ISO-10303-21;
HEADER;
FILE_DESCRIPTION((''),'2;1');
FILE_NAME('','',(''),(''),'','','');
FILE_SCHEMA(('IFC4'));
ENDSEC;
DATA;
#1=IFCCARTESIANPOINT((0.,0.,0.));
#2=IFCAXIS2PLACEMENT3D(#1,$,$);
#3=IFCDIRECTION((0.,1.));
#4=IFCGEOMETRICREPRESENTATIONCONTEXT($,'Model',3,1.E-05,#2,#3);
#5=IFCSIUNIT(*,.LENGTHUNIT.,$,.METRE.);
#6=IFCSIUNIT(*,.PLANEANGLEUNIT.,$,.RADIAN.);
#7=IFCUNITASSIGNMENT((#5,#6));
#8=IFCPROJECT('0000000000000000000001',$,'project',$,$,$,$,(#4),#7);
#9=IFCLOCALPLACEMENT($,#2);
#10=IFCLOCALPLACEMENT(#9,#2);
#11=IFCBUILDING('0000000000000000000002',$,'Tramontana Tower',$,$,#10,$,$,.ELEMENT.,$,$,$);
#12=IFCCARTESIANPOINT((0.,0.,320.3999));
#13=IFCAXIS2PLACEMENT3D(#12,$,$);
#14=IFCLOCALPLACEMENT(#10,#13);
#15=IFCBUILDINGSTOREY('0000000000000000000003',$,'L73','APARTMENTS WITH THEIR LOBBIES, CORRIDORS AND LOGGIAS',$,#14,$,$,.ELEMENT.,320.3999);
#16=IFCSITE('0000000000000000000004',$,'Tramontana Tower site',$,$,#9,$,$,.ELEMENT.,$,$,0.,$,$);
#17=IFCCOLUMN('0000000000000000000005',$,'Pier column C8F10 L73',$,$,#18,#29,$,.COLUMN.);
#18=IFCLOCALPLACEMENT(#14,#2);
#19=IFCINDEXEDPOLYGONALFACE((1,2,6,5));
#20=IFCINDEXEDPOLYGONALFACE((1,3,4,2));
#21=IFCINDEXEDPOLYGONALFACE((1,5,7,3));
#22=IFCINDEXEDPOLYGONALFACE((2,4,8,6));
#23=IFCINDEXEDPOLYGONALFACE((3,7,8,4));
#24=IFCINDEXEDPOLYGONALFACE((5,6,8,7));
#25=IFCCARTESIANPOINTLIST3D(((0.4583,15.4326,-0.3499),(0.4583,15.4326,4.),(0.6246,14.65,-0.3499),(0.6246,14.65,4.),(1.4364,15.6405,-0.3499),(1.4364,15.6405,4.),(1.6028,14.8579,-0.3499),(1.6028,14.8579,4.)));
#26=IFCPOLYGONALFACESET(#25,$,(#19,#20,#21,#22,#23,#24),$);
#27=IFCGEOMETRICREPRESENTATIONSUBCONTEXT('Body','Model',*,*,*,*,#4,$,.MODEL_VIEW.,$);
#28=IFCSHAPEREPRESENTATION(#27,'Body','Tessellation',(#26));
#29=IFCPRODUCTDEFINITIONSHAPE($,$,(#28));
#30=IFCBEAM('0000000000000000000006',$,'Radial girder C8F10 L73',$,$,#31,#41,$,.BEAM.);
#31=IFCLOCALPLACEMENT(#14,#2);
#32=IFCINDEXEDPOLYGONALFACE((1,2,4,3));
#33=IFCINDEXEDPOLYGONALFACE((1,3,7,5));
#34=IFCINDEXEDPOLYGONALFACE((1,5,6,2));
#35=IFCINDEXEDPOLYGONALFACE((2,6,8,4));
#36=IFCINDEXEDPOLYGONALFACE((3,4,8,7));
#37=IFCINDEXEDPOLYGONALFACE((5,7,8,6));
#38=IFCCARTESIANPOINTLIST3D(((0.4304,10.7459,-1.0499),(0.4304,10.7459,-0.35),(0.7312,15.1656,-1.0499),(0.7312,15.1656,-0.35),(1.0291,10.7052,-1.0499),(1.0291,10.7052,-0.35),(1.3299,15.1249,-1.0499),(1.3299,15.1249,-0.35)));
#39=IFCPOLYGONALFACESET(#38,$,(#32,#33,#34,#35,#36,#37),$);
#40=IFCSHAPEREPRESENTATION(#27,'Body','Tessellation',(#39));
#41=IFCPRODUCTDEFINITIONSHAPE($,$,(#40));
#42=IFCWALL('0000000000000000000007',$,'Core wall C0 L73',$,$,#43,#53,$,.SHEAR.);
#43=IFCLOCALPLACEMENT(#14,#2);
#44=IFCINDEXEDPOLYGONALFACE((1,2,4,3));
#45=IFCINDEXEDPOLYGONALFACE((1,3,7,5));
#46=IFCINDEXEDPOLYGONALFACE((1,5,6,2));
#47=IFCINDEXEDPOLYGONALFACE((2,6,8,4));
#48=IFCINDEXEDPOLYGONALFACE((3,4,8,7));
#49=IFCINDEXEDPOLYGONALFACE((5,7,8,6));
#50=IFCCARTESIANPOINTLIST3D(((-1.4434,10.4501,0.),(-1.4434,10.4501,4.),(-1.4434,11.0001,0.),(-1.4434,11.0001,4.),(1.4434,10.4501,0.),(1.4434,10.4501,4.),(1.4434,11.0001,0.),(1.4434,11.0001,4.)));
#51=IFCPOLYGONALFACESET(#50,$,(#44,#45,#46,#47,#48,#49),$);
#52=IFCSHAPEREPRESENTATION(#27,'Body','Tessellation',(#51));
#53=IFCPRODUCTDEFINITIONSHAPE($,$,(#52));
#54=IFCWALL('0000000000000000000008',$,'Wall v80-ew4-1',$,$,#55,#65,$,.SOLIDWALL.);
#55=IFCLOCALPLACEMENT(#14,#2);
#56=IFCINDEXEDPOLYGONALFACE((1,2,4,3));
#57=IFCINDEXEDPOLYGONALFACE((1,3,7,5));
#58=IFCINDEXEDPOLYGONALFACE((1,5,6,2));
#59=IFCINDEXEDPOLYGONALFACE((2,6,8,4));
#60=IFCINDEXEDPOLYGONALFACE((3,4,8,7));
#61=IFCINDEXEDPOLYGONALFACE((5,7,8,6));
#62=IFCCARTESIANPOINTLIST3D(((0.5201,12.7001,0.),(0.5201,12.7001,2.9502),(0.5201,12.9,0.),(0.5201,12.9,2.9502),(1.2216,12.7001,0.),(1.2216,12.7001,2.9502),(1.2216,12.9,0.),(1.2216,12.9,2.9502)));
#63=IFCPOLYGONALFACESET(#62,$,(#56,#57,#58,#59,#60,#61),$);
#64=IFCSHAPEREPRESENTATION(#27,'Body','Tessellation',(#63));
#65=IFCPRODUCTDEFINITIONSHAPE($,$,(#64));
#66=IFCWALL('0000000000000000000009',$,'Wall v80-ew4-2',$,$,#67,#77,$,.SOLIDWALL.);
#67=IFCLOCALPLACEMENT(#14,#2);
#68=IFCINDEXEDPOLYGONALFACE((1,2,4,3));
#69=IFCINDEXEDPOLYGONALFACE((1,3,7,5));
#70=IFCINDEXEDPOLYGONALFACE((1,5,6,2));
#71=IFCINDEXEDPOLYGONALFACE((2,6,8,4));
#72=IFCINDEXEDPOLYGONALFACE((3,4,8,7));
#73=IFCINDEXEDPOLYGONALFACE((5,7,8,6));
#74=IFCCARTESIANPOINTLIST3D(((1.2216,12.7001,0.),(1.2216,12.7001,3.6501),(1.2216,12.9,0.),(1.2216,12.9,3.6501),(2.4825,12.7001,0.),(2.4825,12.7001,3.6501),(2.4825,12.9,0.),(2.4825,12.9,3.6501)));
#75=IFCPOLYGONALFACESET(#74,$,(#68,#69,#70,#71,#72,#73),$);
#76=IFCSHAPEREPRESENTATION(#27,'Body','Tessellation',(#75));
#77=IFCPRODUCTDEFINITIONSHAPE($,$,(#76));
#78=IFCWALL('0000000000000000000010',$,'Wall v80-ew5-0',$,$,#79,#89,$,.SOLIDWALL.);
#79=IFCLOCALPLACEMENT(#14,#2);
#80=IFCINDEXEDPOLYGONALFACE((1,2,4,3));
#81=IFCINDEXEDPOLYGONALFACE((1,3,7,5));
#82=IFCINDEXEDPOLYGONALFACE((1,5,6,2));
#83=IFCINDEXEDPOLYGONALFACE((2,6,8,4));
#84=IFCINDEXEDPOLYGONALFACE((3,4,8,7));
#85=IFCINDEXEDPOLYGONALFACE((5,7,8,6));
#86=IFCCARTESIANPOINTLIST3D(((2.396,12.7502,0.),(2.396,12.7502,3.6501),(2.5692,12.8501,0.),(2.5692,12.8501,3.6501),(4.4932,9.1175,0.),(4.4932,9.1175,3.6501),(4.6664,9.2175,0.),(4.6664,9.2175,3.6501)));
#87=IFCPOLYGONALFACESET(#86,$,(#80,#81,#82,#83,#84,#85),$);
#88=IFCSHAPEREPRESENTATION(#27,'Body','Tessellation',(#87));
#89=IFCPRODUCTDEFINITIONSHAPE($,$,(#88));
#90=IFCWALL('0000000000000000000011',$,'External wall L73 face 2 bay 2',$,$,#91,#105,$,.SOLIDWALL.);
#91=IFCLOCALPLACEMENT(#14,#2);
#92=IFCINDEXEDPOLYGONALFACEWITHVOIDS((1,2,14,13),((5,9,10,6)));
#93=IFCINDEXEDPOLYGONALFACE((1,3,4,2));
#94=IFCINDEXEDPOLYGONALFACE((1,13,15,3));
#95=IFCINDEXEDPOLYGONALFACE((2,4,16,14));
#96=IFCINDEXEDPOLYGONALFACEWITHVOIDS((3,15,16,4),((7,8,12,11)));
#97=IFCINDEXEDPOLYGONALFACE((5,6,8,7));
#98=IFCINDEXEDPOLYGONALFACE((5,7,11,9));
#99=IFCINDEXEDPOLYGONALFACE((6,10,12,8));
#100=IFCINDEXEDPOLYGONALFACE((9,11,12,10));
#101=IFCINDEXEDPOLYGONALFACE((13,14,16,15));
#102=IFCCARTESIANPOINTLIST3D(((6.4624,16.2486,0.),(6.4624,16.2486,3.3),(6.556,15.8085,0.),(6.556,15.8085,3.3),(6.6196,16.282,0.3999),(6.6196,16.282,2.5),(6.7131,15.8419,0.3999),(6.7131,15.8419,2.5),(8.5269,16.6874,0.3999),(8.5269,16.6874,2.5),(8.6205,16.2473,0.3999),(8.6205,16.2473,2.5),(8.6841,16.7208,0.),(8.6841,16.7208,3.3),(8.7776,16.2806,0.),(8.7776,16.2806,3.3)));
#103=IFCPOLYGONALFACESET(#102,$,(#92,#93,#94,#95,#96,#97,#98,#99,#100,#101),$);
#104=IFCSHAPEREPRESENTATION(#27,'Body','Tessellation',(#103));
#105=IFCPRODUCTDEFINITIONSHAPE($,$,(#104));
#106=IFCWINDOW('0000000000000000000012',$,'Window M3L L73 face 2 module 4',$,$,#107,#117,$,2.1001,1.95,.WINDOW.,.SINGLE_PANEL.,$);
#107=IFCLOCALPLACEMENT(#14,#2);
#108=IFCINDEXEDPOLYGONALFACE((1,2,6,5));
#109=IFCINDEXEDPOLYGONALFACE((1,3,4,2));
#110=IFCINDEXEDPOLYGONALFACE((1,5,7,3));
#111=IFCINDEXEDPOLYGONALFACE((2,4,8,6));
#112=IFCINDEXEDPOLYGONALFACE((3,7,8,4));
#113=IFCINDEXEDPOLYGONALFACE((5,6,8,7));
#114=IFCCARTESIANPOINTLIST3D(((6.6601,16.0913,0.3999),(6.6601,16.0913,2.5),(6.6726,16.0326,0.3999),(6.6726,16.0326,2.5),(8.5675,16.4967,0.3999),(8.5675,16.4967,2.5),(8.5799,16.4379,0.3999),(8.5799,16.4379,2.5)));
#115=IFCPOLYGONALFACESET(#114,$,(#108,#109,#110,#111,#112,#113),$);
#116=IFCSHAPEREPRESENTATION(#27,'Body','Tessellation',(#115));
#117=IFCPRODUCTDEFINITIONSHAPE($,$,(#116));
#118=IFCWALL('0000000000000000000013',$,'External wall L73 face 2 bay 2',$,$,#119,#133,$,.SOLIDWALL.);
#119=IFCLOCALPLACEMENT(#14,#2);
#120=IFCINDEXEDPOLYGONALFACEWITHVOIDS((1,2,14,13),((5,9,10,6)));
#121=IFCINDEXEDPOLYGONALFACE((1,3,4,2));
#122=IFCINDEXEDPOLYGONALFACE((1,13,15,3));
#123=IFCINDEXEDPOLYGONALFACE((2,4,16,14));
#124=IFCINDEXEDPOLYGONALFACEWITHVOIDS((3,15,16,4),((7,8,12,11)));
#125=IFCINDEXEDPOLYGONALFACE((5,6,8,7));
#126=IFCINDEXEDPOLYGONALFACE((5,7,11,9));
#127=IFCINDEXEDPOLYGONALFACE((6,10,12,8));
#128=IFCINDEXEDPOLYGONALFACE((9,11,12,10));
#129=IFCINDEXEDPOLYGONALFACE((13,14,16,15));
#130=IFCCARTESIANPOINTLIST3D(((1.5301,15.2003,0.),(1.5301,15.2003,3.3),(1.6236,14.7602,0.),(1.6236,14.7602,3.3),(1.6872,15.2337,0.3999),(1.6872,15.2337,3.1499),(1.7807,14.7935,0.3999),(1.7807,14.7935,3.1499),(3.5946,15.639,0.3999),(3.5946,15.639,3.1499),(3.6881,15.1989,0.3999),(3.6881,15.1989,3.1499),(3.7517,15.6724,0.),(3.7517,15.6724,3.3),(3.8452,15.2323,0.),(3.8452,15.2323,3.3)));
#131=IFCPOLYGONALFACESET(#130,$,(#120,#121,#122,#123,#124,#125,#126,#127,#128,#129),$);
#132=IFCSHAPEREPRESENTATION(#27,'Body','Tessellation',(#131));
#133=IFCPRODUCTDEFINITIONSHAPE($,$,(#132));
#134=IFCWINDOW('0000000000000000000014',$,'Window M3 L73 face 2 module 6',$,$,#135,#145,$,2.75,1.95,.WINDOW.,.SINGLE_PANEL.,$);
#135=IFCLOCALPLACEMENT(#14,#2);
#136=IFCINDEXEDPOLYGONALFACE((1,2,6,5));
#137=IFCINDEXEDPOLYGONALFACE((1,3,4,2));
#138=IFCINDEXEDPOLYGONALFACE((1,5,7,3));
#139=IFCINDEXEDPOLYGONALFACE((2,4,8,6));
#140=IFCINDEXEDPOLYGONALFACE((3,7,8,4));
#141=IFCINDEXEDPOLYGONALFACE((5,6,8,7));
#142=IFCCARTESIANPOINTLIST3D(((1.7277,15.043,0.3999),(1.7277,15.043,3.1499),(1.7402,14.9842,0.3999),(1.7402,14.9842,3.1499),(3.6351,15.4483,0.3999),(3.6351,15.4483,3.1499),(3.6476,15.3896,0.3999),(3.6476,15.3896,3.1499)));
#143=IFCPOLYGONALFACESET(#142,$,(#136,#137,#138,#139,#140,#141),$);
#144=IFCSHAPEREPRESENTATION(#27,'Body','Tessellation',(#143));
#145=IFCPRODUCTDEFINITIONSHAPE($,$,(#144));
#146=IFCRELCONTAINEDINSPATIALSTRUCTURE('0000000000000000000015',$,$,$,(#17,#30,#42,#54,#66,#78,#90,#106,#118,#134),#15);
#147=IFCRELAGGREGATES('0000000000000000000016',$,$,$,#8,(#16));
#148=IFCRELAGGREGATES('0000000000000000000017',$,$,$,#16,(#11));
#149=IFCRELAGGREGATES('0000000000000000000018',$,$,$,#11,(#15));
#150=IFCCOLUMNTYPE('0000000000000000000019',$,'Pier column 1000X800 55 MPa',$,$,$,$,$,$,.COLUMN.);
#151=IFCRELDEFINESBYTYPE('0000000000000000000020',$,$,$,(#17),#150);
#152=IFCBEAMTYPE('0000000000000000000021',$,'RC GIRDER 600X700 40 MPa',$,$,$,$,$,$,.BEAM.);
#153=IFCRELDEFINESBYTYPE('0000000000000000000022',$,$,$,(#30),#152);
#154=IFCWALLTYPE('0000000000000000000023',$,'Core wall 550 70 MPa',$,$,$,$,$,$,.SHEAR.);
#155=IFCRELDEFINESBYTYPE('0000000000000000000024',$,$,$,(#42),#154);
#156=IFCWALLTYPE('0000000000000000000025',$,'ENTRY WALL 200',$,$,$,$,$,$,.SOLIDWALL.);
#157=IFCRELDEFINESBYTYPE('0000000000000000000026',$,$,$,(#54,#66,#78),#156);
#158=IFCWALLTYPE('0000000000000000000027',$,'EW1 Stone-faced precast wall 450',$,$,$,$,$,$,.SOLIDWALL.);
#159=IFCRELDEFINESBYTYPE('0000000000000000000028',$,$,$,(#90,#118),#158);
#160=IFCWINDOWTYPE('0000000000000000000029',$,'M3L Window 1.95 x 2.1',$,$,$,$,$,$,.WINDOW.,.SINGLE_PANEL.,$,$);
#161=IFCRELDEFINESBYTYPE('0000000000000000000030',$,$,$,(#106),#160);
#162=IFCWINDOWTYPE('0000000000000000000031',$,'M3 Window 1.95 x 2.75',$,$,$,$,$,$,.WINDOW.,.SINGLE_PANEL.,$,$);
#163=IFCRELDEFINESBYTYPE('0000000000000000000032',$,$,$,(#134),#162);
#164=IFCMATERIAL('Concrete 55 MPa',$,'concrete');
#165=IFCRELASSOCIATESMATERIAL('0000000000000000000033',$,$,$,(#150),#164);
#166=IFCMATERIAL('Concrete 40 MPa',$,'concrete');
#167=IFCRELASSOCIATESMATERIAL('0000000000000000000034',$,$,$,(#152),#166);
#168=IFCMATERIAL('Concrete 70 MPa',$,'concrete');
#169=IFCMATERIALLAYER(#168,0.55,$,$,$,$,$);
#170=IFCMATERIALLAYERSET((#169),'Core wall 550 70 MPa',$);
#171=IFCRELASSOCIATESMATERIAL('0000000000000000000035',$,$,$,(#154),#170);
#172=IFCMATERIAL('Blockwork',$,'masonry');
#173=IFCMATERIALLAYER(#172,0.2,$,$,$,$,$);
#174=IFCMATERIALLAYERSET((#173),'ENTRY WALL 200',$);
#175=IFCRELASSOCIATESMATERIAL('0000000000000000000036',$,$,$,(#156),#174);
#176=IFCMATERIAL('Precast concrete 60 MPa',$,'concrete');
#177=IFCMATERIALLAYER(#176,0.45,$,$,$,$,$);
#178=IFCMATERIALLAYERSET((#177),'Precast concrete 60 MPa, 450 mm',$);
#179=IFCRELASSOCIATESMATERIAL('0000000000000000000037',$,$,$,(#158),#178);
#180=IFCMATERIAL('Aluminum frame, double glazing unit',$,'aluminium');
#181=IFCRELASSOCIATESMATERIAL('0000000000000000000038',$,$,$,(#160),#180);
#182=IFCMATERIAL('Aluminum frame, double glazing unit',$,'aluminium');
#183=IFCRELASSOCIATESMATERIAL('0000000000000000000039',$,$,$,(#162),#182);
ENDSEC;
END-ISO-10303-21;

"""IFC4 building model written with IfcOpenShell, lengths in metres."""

from ifc_helpers import new_model, si_unit, direction, frame, frame_2d, origin, origin_2d, place, context, subcontext, project, spatial, rectangle, extrude, material, layer, layer_set, material_profile, profile_set, type_object, element, fill, save


model = new_model("IFC4")

# Units and contexts
model_context = context("Model", 3, precision=1e-05, world=origin(), true_north=direction((0.0, 1.0)))
body_context = subcontext(model_context, "Body", "Model", "MODEL_VIEW")
ifc_project = project(units=[si_unit("LENGTHUNIT", "METRE"), si_unit("PLANEANGLEUNIT", "RADIAN")], contexts=[model_context])

# Site, building, storey
site_placement = place(None, origin())
site = spatial("IfcSite", under=ifc_project, at=site_placement, Name="Tramontana Tower site", CompositionType="ELEMENT", RefElevation=0.0)
building_placement = place(site_placement, origin())
building = spatial("IfcBuilding", under=site, at=building_placement, Name="Tramontana Tower", CompositionType="ELEMENT")
storey_placement = place(building_placement, frame((0.0, 0.0, 320.3999)))
storey = spatial("IfcBuildingStorey", under=building, at=storey_placement, Name="L73", Description="APARTMENTS WITH THEIR LOBBIES, CORRIDORS AND LOGGIAS", CompositionType="ELEMENT", Elevation=320.3999)

# Column
ifc_material_1 = material(Name="Concrete 55 MPa", Category="concrete")
ifc_material_profile_1 = material_profile(ifc_material_1, rectangle(XDim=1.0, YDim=0.8, at=origin_2d()), Name="Pier column 1000X800 55 MPa")
ifc_profile_set_1 = profile_set([ifc_material_profile_1], Name="Concrete 55 MPa")
column_type = type_object("IfcColumnType", Name="Pier column 1000X800 55 MPa", PredefinedType="COLUMN", material=ifc_profile_set_1)
column_placement = place(storey_placement, frame((1.0305, 15.1453, -0.3499), z_axis=(0.0, 0.0, 1.0), x_axis=(-0.978148, -0.207912, 0.0)))
element("IfcColumn", 1, at=column_placement, inside=storey, type_object=column_type, Name="Pier column C8F10 L73", PredefinedType="COLUMN", context=body_context, shape_type="SweptSolid", body=[
    extrude(rectangle(XDim=1.0, YDim=0.8, at=origin_2d()), origin(), (0.0, 0.0, 1.0), 4.3499),
])

# Beam
ifc_material_2 = material(Name="Concrete 40 MPa", Category="concrete")
ifc_material_profile_2 = material_profile(ifc_material_2, rectangle(XDim=0.6001, YDim=0.7, at=origin_2d()), Name="RC GIRDER 600X700 40 MPa")
ifc_profile_set_2 = profile_set([ifc_material_profile_2], Name="Concrete 40 MPa")
beam_type = type_object("IfcBeamType", Name="RC GIRDER 600X700 40 MPa", PredefinedType="BEAM", material=ifc_profile_set_2)
beam_placement = place(storey_placement, frame((1.0305, 15.1453, -0.7), z_axis=(-0.067898, -0.997692, 0.0), x_axis=(0.997692, -0.067898, 0.0)))
element("IfcBeam", 2, at=beam_placement, inside=storey, type_object=beam_type, Name="Radial girder C8F10 L73", PredefinedType="BEAM", context=body_context, shape_type="SweptSolid", body=[
    extrude(rectangle(XDim=0.6001, YDim=0.7, at=origin_2d()), origin(), (0.0, 0.0, 1.0), 4.4299),
])

# Walls
ifc_material_3 = material(Name="Concrete 70 MPa", Category="concrete")
ifc_layer_1 = layer(ifc_material_3, 0.55)
ifc_layer_set_1 = layer_set([ifc_layer_1], Name="Core wall 550 70 MPa")
wall_type_1 = type_object("IfcWallType", Name="Core wall 550 70 MPa", PredefinedType="SHEAR", material=ifc_layer_set_1)
wall_1_placement = place(storey_placement, frame((1.4434, 10.7251, 0.0), z_axis=(0.0, 0.0, 1.0), x_axis=(-1.0, 0.0, 0.0)))
element("IfcWall", 3, at=wall_1_placement, inside=storey, type_object=wall_type_1, Name="Core wall C0 L73", PredefinedType="SHEAR", context=body_context, shape_type="SweptSolid", body=[
    extrude(rectangle(XDim=2.8867, YDim=0.55, at=frame_2d((1.4434, 0.0))), origin(), (0.0, 0.0, 1.0), 4.0),
])
ifc_material_4 = material(Name="Blockwork", Category="masonry")
ifc_layer_2 = layer(ifc_material_4, 0.2)
ifc_layer_set_2 = layer_set([ifc_layer_2], Name="ENTRY WALL 200")
wall_type_2 = type_object("IfcWallType", Name="ENTRY WALL 200", PredefinedType="SOLIDWALL", material=ifc_layer_set_2)
wall_2_placement = place(storey_placement, frame((0.5203, 12.8, 0.0), z_axis=(0.0, 0.0, 1.0), x_axis=(1.0, 0.0, 0.0)))
element("IfcWall", 4, at=wall_2_placement, inside=storey, type_object=wall_type_2, Name="Wall v80-ew4-1", PredefinedType="SOLIDWALL", context=body_context, shape_type="SweptSolid", body=[
    extrude(rectangle(XDim=0.7014, YDim=0.2, at=frame_2d((0.3506, 0.0))), origin(), (0.0, 0.0, 1.0), 2.9502),
])
wall_3_placement = place(storey_placement, frame((1.2217, 12.8, 0.0), z_axis=(0.0, 0.0, 1.0), x_axis=(1.0, 0.0, 0.0)))
element("IfcWall", 5, at=wall_3_placement, inside=storey, type_object=wall_type_2, Name="Wall v80-ew4-2", PredefinedType="SOLIDWALL", context=body_context, shape_type="SweptSolid", body=[
    extrude(rectangle(XDim=1.261, YDim=0.2, at=frame_2d((0.6304, 0.0))), origin(), (0.0, 0.0, 1.0), 3.6501),
])
wall_4_placement = place(storey_placement, frame((2.4827, 12.8, 0.0), z_axis=(0.0, 0.0, 1.0), x_axis=(0.499983, -0.866035, 0.0)))
element("IfcWall", 6, at=wall_4_placement, inside=storey, type_object=wall_type_2, Name="Wall v80-ew5-0", PredefinedType="SOLIDWALL", context=body_context, shape_type="SweptSolid", body=[
    extrude(rectangle(XDim=4.1946, YDim=0.2, at=frame_2d((2.0972, 0.0))), origin(), (0.0, 0.0, 1.0), 3.6501),
])

# Walls, openings, windows
ifc_material_5 = material(Name="Precast concrete 60 MPa", Category="concrete")
ifc_layer_3 = layer(ifc_material_5, 0.45)
ifc_layer_set_3 = layer_set([ifc_layer_3], Name="Precast concrete 60 MPa, 450 mm")
wall_type_3 = type_object("IfcWallType", Name="EW1 Stone-faced precast wall 450", PredefinedType="SOLIDWALL", material=ifc_layer_set_3)
wall_5_placement = place(storey_placement, frame((8.731, 16.5007, 0.0), z_axis=(0.0, 0.0, 1.0), x_axis=(-0.978153, -0.207884, 0.0)))
wall_5 = element("IfcWall", 7, at=wall_5_placement, inside=storey, type_object=wall_type_3, Name="External wall L73 face 2 bay 2", PredefinedType="SOLIDWALL", context=body_context, shape_type="SweptSolid", body=[
    extrude(rectangle(XDim=2.2712, YDim=0.45, at=frame_2d((1.1357, 0.0))), origin(), (0.0, 0.0, 1.0), 3.3),
])
opening_1_placement = place(wall_5_placement, frame((0.1606, 0.0, 0.3999)))
opening_1 = element("IfcOpeningElement", 8, at=opening_1_placement, cuts=wall_5, PredefinedType="OPENING", context=body_context, shape_type="SweptSolid", body=[
    extrude(rectangle(XDim=1.95, YDim=2.1001, at=frame_2d((0.9751, 1.05))), frame((0.0, 0.2349, 0.0), z_axis=(0.0, -1.0, 0.0), x_axis=(1.0, 0.0, 0.0)), (0.0, 0.0, 1.0), 0.47),
])
ifc_material_6 = material(Name="Aluminum frame, double glazing unit", Category="aluminium")
window_type_1 = type_object("IfcWindowType", Name="M3L Window 1.95 x 2.1", PartitioningType="SINGLE_PANEL", PredefinedType="WINDOW", material=ifc_material_6)
window_1_placement = place(opening_1_placement, origin())
window_1 = element("IfcWindow", 9, at=window_1_placement, inside=storey, type_object=window_type_1, Name="Window M3L L73 face 2 module 4", OverallHeight=2.1001, OverallWidth=1.95, PartitioningType="SINGLE_PANEL", PredefinedType="WINDOW", context=body_context, shape_type="SweptSolid", body=[
    extrude(rectangle(XDim=1.95, YDim=2.1001, at=frame_2d((0.9751, 1.05))), frame((0.0, 0.03, 0.0), z_axis=(0.0, -1.0, 0.0), x_axis=(1.0, 0.0, 0.0)), (0.0, 0.0, 1.0), 0.0601),
])
fill(opening_1, window_1)
wall_6_placement = place(storey_placement, frame((3.7986, 15.4524, 0.0), z_axis=(0.0, 0.0, 1.0), x_axis=(-0.978153, -0.207884, 0.0)))
wall_6 = element("IfcWall", 10, at=wall_6_placement, inside=storey, type_object=wall_type_3, Name="External wall L73 face 2 bay 2", PredefinedType="SOLIDWALL", context=body_context, shape_type="SweptSolid", body=[
    extrude(rectangle(XDim=2.2712, YDim=0.45, at=frame_2d((1.1357, 0.0))), origin(), (0.0, 0.0, 1.0), 3.3),
])
opening_2_placement = place(wall_6_placement, frame((0.1606, 0.0, 0.3999)))
opening_2 = element("IfcOpeningElement", 11, at=opening_2_placement, cuts=wall_6, PredefinedType="OPENING", context=body_context, shape_type="SweptSolid", body=[
    extrude(rectangle(XDim=1.95, YDim=2.75, at=frame_2d((0.9751, 1.375))), frame((0.0, 0.2349, 0.0), z_axis=(0.0, -1.0, 0.0), x_axis=(1.0, 0.0, 0.0)), (0.0, 0.0, 1.0), 0.47),
])
ifc_material_7 = material(Name="Aluminum frame, double glazing unit", Category="aluminium")
window_type_2 = type_object("IfcWindowType", Name="M3 Window 1.95 x 2.75", PartitioningType="SINGLE_PANEL", PredefinedType="WINDOW", material=ifc_material_7)
window_2_placement = place(opening_2_placement, origin())
window_2 = element("IfcWindow", 12, at=window_2_placement, inside=storey, type_object=window_type_2, Name="Window M3 L73 face 2 module 6", OverallHeight=2.75, OverallWidth=1.95, PartitioningType="SINGLE_PANEL", PredefinedType="WINDOW", context=body_context, shape_type="SweptSolid", body=[
    extrude(rectangle(XDim=1.95, YDim=2.75, at=frame_2d((0.9751, 1.375))), frame((0.0, 0.03, 0.0), z_axis=(0.0, -1.0, 0.0), x_axis=(1.0, 0.0, 0.0)), (0.0, 0.0, 1.0), 0.0601),
])
fill(opening_2, window_2)

save(model, "model.ifc")
